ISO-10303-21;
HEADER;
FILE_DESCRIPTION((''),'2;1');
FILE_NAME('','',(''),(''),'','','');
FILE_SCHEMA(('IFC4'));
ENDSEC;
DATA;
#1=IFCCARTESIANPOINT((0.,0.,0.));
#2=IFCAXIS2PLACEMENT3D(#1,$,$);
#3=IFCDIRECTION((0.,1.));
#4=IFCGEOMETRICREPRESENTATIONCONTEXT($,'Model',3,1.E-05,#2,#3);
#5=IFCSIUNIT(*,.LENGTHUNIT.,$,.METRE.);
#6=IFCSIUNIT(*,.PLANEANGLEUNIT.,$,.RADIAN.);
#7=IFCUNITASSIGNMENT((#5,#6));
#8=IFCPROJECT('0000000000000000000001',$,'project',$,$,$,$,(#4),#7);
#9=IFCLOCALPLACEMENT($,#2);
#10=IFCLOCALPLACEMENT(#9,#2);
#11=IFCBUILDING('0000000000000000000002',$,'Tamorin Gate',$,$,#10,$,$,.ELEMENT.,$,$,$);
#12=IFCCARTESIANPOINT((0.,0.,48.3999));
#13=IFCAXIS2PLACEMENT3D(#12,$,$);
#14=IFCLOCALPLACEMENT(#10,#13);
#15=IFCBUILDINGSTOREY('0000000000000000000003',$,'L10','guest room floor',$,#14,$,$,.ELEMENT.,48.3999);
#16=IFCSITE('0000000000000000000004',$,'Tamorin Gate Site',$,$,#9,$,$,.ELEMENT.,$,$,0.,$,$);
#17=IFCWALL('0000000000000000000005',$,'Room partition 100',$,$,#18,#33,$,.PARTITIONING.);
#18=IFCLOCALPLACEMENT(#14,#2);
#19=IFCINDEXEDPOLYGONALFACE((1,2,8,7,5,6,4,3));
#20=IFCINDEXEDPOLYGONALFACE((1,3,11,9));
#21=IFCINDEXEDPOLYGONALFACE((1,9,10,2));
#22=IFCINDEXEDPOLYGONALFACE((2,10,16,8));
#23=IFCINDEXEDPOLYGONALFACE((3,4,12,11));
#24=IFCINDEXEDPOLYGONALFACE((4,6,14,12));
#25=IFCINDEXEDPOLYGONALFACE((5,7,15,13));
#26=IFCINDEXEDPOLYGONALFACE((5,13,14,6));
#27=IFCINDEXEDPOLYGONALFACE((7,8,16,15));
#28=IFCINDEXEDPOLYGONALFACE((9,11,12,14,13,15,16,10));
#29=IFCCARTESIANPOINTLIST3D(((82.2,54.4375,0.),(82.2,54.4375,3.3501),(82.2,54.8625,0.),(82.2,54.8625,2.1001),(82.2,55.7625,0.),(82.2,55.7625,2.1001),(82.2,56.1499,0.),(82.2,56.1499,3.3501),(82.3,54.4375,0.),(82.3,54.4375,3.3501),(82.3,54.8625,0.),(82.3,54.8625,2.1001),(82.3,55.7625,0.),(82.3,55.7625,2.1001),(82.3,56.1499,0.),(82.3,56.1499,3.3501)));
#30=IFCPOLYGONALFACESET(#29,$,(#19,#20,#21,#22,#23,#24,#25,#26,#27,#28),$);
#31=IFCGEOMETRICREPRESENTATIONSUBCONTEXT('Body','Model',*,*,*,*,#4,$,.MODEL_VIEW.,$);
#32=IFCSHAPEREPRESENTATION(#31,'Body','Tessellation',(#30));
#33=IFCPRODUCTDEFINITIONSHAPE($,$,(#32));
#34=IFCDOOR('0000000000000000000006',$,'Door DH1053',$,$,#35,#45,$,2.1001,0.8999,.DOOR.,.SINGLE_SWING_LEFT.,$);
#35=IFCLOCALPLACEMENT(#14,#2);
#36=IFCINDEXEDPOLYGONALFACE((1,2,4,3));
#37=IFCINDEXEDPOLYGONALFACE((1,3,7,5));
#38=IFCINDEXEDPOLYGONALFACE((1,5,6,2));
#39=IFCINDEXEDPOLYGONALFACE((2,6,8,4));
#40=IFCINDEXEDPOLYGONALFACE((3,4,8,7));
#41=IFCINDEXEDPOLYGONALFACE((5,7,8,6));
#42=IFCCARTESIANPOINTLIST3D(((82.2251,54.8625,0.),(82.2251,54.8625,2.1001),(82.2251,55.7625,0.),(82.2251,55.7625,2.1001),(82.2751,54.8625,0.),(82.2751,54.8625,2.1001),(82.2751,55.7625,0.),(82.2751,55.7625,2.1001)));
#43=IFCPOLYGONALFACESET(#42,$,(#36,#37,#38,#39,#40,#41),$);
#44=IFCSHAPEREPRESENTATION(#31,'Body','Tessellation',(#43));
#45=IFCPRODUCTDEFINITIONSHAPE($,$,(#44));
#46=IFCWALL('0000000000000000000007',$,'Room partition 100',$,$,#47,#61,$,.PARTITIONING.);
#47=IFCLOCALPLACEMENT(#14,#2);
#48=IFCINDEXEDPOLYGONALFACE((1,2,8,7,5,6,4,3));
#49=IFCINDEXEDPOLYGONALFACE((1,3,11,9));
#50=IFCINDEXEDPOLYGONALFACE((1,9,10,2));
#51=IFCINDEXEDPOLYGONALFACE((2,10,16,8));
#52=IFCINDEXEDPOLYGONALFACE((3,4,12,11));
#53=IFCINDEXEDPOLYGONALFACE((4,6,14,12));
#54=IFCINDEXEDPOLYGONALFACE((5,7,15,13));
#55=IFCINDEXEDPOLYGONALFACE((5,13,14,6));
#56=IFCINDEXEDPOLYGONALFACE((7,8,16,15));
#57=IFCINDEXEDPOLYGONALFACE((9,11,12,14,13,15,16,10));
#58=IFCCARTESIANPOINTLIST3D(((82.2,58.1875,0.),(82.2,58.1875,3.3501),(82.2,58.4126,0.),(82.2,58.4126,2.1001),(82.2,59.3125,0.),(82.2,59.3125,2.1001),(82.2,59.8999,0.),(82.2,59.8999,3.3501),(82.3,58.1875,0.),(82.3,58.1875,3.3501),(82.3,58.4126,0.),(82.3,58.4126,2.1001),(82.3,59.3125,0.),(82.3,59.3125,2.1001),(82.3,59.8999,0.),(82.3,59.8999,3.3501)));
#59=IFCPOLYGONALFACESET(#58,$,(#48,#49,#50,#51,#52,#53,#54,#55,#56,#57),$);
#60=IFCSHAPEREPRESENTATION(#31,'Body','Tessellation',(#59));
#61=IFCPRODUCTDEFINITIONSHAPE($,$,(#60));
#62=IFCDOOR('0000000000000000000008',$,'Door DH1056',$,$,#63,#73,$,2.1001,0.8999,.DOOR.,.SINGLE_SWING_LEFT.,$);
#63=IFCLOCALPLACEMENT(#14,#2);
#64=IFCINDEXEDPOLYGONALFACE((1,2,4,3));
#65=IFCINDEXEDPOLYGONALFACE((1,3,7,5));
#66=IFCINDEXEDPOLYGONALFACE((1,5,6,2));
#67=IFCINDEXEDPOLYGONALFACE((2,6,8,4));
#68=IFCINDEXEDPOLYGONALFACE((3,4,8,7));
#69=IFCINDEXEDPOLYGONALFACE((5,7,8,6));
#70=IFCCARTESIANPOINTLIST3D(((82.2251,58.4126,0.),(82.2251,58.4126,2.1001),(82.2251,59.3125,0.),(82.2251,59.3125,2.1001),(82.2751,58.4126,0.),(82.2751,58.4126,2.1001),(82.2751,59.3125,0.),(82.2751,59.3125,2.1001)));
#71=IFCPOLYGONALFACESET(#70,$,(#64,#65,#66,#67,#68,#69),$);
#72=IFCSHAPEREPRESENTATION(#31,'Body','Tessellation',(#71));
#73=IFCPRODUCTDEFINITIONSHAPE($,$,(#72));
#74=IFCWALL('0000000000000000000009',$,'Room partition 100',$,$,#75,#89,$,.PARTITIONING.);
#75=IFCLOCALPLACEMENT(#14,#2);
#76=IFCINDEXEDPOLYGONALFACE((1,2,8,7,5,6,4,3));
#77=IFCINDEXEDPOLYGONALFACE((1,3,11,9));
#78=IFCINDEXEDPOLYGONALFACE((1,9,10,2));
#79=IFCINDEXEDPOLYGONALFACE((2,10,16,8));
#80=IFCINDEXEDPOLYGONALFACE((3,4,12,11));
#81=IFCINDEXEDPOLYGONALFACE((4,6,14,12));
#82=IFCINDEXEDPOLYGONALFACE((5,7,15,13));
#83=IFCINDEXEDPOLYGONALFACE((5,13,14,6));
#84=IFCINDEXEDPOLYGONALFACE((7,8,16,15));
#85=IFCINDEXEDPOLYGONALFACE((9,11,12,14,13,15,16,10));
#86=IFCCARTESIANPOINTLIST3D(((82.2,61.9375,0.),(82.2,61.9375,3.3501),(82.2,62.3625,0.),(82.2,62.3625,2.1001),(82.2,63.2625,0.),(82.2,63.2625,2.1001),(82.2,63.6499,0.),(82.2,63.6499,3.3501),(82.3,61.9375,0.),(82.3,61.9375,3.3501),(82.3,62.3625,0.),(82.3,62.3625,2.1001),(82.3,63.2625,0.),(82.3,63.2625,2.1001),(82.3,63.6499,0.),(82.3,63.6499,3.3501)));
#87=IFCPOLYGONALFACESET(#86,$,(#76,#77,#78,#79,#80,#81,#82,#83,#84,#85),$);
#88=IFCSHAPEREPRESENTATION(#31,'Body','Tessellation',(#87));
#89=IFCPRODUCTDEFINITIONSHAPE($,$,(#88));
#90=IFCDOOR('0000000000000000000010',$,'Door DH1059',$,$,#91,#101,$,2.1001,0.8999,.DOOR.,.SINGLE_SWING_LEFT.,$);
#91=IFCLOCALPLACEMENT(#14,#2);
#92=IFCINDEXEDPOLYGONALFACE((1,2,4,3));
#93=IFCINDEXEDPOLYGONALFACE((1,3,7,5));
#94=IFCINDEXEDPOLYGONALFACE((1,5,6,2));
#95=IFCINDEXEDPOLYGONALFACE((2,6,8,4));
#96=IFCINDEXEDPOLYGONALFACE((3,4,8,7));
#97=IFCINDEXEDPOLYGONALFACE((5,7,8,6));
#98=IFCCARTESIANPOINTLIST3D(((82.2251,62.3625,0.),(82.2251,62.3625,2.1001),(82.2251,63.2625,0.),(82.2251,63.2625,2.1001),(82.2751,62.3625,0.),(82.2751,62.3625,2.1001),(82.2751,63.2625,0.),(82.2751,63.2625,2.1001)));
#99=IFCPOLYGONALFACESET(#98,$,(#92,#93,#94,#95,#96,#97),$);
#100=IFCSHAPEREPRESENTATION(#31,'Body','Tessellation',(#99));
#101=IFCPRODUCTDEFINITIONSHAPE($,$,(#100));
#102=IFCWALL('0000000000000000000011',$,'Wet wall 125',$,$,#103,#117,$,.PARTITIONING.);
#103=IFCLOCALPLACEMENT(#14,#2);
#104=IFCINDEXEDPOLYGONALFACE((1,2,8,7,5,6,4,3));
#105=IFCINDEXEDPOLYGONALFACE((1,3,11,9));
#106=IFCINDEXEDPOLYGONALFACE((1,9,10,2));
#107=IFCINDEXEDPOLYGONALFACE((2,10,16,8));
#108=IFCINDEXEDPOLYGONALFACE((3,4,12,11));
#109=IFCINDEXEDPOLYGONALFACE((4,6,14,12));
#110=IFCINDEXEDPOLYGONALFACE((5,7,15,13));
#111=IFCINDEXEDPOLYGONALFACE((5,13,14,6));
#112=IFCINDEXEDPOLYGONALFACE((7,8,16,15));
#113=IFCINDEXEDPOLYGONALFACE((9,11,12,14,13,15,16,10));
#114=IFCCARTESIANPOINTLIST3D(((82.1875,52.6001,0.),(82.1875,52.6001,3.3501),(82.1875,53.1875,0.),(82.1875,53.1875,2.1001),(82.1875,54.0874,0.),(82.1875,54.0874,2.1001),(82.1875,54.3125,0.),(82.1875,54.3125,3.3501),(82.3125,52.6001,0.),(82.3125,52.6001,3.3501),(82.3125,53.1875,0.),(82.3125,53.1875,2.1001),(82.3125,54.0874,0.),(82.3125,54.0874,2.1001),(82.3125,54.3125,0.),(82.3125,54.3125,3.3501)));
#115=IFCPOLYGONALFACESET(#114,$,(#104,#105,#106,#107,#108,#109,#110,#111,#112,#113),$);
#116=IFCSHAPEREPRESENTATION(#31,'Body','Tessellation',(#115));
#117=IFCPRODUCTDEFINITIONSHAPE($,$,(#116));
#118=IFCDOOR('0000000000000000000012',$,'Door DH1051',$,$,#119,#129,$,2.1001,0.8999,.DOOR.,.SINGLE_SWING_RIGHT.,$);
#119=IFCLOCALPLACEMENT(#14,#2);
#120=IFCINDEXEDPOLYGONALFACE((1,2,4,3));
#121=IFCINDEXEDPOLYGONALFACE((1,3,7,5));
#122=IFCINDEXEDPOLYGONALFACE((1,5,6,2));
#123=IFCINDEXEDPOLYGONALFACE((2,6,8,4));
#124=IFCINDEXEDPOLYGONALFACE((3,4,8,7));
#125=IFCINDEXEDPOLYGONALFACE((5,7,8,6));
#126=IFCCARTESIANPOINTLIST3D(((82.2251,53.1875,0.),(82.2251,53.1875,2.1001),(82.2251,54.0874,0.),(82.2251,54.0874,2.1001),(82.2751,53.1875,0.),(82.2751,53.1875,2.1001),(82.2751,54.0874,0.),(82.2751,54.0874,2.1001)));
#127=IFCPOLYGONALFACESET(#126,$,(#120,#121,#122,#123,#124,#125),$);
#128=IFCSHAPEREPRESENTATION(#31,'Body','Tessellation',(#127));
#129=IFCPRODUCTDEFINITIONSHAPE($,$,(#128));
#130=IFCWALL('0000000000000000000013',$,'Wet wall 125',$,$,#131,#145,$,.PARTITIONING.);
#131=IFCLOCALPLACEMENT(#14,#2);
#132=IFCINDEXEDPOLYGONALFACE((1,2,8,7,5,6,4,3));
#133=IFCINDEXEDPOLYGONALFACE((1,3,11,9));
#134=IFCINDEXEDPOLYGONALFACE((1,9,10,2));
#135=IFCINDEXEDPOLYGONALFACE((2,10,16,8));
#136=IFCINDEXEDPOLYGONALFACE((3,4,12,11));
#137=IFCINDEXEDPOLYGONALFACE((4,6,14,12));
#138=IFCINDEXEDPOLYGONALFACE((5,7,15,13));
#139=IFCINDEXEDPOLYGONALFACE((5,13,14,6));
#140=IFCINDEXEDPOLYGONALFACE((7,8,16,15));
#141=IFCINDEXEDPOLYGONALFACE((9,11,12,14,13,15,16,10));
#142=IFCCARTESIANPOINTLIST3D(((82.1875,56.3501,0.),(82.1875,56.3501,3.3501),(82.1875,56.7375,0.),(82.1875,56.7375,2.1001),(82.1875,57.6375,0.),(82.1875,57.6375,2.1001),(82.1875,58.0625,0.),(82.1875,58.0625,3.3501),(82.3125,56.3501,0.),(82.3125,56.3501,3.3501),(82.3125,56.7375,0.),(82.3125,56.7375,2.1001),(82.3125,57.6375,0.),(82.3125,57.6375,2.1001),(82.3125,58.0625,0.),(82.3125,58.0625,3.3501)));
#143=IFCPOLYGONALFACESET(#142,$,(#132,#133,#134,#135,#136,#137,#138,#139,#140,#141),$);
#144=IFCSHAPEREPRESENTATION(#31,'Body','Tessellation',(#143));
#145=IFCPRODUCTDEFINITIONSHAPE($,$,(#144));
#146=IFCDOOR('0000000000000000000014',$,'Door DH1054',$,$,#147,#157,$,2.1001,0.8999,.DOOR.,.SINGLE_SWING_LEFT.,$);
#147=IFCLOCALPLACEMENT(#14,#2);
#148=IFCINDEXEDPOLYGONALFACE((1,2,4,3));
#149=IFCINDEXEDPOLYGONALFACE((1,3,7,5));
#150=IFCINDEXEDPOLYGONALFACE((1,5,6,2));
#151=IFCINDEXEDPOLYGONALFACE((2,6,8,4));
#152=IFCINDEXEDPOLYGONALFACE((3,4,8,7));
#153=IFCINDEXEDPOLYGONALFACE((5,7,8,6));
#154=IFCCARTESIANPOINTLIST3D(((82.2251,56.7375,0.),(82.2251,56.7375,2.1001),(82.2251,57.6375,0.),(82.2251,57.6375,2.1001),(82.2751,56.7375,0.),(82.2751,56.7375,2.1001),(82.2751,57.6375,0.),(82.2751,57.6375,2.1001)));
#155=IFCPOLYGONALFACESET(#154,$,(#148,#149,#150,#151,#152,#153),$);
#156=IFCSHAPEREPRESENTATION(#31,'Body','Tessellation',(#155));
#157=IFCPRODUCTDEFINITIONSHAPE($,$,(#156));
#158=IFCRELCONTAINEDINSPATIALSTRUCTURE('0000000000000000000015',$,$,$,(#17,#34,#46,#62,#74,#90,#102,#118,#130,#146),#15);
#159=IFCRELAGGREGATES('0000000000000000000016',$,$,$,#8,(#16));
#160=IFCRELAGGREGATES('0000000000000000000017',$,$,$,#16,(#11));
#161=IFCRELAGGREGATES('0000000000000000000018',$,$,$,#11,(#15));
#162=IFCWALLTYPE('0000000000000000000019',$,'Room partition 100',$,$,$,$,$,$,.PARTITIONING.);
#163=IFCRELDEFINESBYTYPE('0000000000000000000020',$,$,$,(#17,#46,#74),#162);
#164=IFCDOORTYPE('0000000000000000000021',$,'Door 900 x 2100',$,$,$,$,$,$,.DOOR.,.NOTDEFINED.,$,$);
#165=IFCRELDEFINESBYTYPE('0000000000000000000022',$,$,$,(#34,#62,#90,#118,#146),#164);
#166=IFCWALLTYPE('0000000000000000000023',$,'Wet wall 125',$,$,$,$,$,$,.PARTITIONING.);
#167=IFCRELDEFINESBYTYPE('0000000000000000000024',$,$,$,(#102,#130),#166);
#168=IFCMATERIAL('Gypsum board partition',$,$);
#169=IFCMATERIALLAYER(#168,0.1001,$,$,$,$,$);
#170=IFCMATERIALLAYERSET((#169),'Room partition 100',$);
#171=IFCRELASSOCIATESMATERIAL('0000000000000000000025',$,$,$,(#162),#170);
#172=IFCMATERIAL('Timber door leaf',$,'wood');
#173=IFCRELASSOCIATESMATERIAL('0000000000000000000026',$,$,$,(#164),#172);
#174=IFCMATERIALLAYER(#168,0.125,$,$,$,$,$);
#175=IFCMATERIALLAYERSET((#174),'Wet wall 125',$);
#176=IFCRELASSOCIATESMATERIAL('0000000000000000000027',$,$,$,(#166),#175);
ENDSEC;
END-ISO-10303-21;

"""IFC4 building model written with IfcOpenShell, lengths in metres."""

from ifc_helpers import new_model, si_unit, direction, frame, frame_2d, origin, place, context, subcontext, project, spatial, rectangle, extrude, material, layer, layer_set, type_object, element, fill, save


model = new_model("IFC4")

# Units and contexts
model_context = context("Model", 3, precision=1e-05, world=origin(), true_north=direction((0.0, 1.0)))
body_context = subcontext(model_context, "Body", "Model", "MODEL_VIEW")
ifc_project = project(units=[si_unit("LENGTHUNIT", "METRE"), si_unit("PLANEANGLEUNIT", "RADIAN")], contexts=[model_context])

# Site, building, storey
site_placement = place(None, origin())
site = spatial("IfcSite", under=ifc_project, at=site_placement, Name="Tamorin Gate Site", CompositionType="ELEMENT", RefElevation=0.0)
building_placement = place(site_placement, origin())
building = spatial("IfcBuilding", under=site, at=building_placement, Name="Tamorin Gate", CompositionType="ELEMENT")
storey_placement = place(building_placement, frame((0.0, 0.0, 48.3999)))
storey = spatial("IfcBuildingStorey", under=building, at=storey_placement, Name="L10", Description="guest room floor", CompositionType="ELEMENT", Elevation=48.3999)

# Walls, openings, doors
ifc_material_1 = material(Name="Gypsum board partition")
ifc_layer_1 = layer(ifc_material_1, 0.1001)
ifc_layer_set_1 = layer_set([ifc_layer_1], Name="Room partition 100")
wall_type_1 = type_object("IfcWallType", Name="Room partition 100", PredefinedType="PARTITIONING", material=ifc_layer_set_1)
wall_1_placement = place(storey_placement, frame((82.25, 54.4375, 0.0), z_axis=(0.0, 0.0, 1.0), x_axis=(0.0, 1.0, 0.0)))
wall_1 = element("IfcWall", 1, at=wall_1_placement, inside=storey, type_object=wall_type_1, Name="Room partition 100", PredefinedType="PARTITIONING", context=body_context, shape_type="SweptSolid", body=[
    extrude(rectangle(XDim=1.7124, YDim=0.1001, at=frame_2d((0.8562, 0.0))), origin(), (0.0, 0.0, 1.0), 3.3501),
])
opening_1_placement = place(wall_1_placement, frame((0.425, 0.0, 0.0)))
opening_1 = element("IfcOpeningElement", 2, at=opening_1_placement, cuts=wall_1, PredefinedType="OPENING", context=body_context, shape_type="SweptSolid", body=[
    extrude(rectangle(XDim=0.8999, YDim=2.1001, at=frame_2d((0.45, 1.05))), frame((0.0, 0.0601, 0.0), z_axis=(0.0, -1.0, 0.0), x_axis=(1.0, 0.0, 0.0)), (0.0, 0.0, 1.0), 0.1201),
])
ifc_material_2 = material(Name="Timber door leaf", Category="wood")
door_type = type_object("IfcDoorType", Name="Door 900 x 2100", OperationType="NOTDEFINED", PredefinedType="DOOR", material=ifc_material_2)
door_1_placement = place(opening_1_placement, origin())
door_1 = element("IfcDoor", 3, at=door_1_placement, inside=storey, type_object=door_type, Name="Door DH1053", OperationType="SINGLE_SWING_LEFT", OverallHeight=2.1001, OverallWidth=0.8999, PredefinedType="DOOR", context=body_context, shape_type="SweptSolid", body=[
    extrude(rectangle(XDim=0.8999, YDim=2.1001, at=frame_2d((0.45, 1.05))), frame((0.0, 0.0249, 0.0), z_axis=(0.0, -1.0, 0.0), x_axis=(1.0, 0.0, 0.0)), (0.0, 0.0, 1.0), 0.05),
])
fill(opening_1, door_1)
wall_2_placement = place(storey_placement, frame((82.25, 58.1875, 0.0), z_axis=(0.0, 0.0, 1.0), x_axis=(0.0, 1.0, 0.0)))
wall_2 = element("IfcWall", 4, at=wall_2_placement, inside=storey, type_object=wall_type_1, Name="Room partition 100", PredefinedType="PARTITIONING", context=body_context, shape_type="SweptSolid", body=[
    extrude(rectangle(XDim=1.7124, YDim=0.1001, at=frame_2d((0.8562, 0.0))), origin(), (0.0, 0.0, 1.0), 3.3501),
])
opening_2_placement = place(wall_2_placement, frame((0.2251, 0.0, 0.0)))
opening_2 = element("IfcOpeningElement", 5, at=opening_2_placement, cuts=wall_2, PredefinedType="OPENING", context=body_context, shape_type="SweptSolid", body=[
    extrude(rectangle(XDim=0.8999, YDim=2.1001, at=frame_2d((0.45, 1.05))), frame((0.0, 0.0601, 0.0), z_axis=(0.0, -1.0, 0.0), x_axis=(1.0, 0.0, 0.0)), (0.0, 0.0, 1.0), 0.1201),
])
door_2_placement = place(opening_2_placement, origin())
door_2 = element("IfcDoor", 6, at=door_2_placement, inside=storey, type_object=door_type, Name="Door DH1056", OperationType="SINGLE_SWING_LEFT", OverallHeight=2.1001, OverallWidth=0.8999, PredefinedType="DOOR", context=body_context, shape_type="SweptSolid", body=[
    extrude(rectangle(XDim=0.8999, YDim=2.1001, at=frame_2d((0.45, 1.05))), frame((0.0, 0.0249, 0.0), z_axis=(0.0, -1.0, 0.0), x_axis=(1.0, 0.0, 0.0)), (0.0, 0.0, 1.0), 0.05),
])
fill(opening_2, door_2)
wall_3_placement = place(storey_placement, frame((82.25, 61.9375, 0.0), z_axis=(0.0, 0.0, 1.0), x_axis=(0.0, 1.0, 0.0)))
wall_3 = element("IfcWall", 7, at=wall_3_placement, inside=storey, type_object=wall_type_1, Name="Room partition 100", PredefinedType="PARTITIONING", context=body_context, shape_type="SweptSolid", body=[
    extrude(rectangle(XDim=1.7124, YDim=0.1001, at=frame_2d((0.8562, 0.0))), origin(), (0.0, 0.0, 1.0), 3.3501),
])
opening_3_placement = place(wall_3_placement, frame((0.425, 0.0, 0.0)))
opening_3 = element("IfcOpeningElement", 8, at=opening_3_placement, cuts=wall_3, PredefinedType="OPENING", context=body_context, shape_type="SweptSolid", body=[
    extrude(rectangle(XDim=0.8999, YDim=2.1001, at=frame_2d((0.45, 1.05))), frame((0.0, 0.0601, 0.0), z_axis=(0.0, -1.0, 0.0), x_axis=(1.0, 0.0, 0.0)), (0.0, 0.0, 1.0), 0.1201),
])
door_3_placement = place(opening_3_placement, origin())
door_3 = element("IfcDoor", 9, at=door_3_placement, inside=storey, type_object=door_type, Name="Door DH1059", OperationType="SINGLE_SWING_LEFT", OverallHeight=2.1001, OverallWidth=0.8999, PredefinedType="DOOR", context=body_context, shape_type="SweptSolid", body=[
    extrude(rectangle(XDim=0.8999, YDim=2.1001, at=frame_2d((0.45, 1.05))), frame((0.0, 0.0249, 0.0), z_axis=(0.0, -1.0, 0.0), x_axis=(1.0, 0.0, 0.0)), (0.0, 0.0, 1.0), 0.05),
])
fill(opening_3, door_3)
ifc_layer_2 = layer(ifc_material_1, 0.125)
ifc_layer_set_2 = layer_set([ifc_layer_2], Name="Wet wall 125")
wall_type_2 = type_object("IfcWallType", Name="Wet wall 125", PredefinedType="PARTITIONING", material=ifc_layer_set_2)
wall_4_placement = place(storey_placement, frame((82.25, 52.6001, 0.0), z_axis=(0.0, 0.0, 1.0), x_axis=(0.0, 1.0, 0.0)))
wall_4 = element("IfcWall", 10, at=wall_4_placement, inside=storey, type_object=wall_type_2, Name="Wet wall 125", PredefinedType="PARTITIONING", context=body_context, shape_type="SweptSolid", body=[
    extrude(rectangle(XDim=1.7124, YDim=0.125, at=frame_2d((0.8562, 0.0))), origin(), (0.0, 0.0, 1.0), 3.3501),
])
opening_4_placement = place(wall_4_placement, frame((0.5874, 0.0, 0.0)))
opening_4 = element("IfcOpeningElement", 11, at=opening_4_placement, cuts=wall_4, PredefinedType="OPENING", context=body_context, shape_type="SweptSolid", body=[
    extrude(rectangle(XDim=0.8999, YDim=2.1001, at=frame_2d((0.45, 1.05))), frame((0.0, 0.0725, 0.0), z_axis=(0.0, -1.0, 0.0), x_axis=(1.0, 0.0, 0.0)), (0.0, 0.0, 1.0), 0.145),
])
door_4_placement = place(opening_4_placement, origin())
door_4 = element("IfcDoor", 12, at=door_4_placement, inside=storey, type_object=door_type, Name="Door DH1051", OperationType="SINGLE_SWING_RIGHT", OverallHeight=2.1001, OverallWidth=0.8999, PredefinedType="DOOR", context=body_context, shape_type="SweptSolid", body=[
    extrude(rectangle(XDim=0.8999, YDim=2.1001, at=frame_2d((0.45, 1.05))), frame((0.0, 0.0249, 0.0), z_axis=(0.0, -1.0, 0.0), x_axis=(1.0, 0.0, 0.0)), (0.0, 0.0, 1.0), 0.05),
])
fill(opening_4, door_4)
wall_5_placement = place(storey_placement, frame((82.25, 56.3501, 0.0), z_axis=(0.0, 0.0, 1.0), x_axis=(0.0, 1.0, 0.0)))
wall_5 = element("IfcWall", 13, at=wall_5_placement, inside=storey, type_object=wall_type_2, Name="Wet wall 125", PredefinedType="PARTITIONING", context=body_context, shape_type="SweptSolid", body=[
    extrude(rectangle(XDim=1.7124, YDim=0.125, at=frame_2d((0.8562, 0.0))), origin(), (0.0, 0.0, 1.0), 3.3501),
])
opening_5_placement = place(wall_5_placement, frame((0.3875, 0.0, 0.0)))
opening_5 = element("IfcOpeningElement", 14, at=opening_5_placement, cuts=wall_5, PredefinedType="OPENING", context=body_context, shape_type="SweptSolid", body=[
    extrude(rectangle(XDim=0.8999, YDim=2.1001, at=frame_2d((0.45, 1.05))), frame((0.0, 0.0725, 0.0), z_axis=(0.0, -1.0, 0.0), x_axis=(1.0, 0.0, 0.0)), (0.0, 0.0, 1.0), 0.145),
])
door_5_placement = place(opening_5_placement, origin())
door_5 = element("IfcDoor", 15, at=door_5_placement, inside=storey, type_object=door_type, Name="Door DH1054", OperationType="SINGLE_SWING_LEFT", OverallHeight=2.1001, OverallWidth=0.8999, PredefinedType="DOOR", context=body_context, shape_type="SweptSolid", body=[
    extrude(rectangle(XDim=0.8999, YDim=2.1001, at=frame_2d((0.45, 1.05))), frame((0.0, 0.0249, 0.0), z_axis=(0.0, -1.0, 0.0), x_axis=(1.0, 0.0, 0.0)), (0.0, 0.0, 1.0), 0.05),
])
fill(opening_5, door_5)

save(model, "model.ifc")
